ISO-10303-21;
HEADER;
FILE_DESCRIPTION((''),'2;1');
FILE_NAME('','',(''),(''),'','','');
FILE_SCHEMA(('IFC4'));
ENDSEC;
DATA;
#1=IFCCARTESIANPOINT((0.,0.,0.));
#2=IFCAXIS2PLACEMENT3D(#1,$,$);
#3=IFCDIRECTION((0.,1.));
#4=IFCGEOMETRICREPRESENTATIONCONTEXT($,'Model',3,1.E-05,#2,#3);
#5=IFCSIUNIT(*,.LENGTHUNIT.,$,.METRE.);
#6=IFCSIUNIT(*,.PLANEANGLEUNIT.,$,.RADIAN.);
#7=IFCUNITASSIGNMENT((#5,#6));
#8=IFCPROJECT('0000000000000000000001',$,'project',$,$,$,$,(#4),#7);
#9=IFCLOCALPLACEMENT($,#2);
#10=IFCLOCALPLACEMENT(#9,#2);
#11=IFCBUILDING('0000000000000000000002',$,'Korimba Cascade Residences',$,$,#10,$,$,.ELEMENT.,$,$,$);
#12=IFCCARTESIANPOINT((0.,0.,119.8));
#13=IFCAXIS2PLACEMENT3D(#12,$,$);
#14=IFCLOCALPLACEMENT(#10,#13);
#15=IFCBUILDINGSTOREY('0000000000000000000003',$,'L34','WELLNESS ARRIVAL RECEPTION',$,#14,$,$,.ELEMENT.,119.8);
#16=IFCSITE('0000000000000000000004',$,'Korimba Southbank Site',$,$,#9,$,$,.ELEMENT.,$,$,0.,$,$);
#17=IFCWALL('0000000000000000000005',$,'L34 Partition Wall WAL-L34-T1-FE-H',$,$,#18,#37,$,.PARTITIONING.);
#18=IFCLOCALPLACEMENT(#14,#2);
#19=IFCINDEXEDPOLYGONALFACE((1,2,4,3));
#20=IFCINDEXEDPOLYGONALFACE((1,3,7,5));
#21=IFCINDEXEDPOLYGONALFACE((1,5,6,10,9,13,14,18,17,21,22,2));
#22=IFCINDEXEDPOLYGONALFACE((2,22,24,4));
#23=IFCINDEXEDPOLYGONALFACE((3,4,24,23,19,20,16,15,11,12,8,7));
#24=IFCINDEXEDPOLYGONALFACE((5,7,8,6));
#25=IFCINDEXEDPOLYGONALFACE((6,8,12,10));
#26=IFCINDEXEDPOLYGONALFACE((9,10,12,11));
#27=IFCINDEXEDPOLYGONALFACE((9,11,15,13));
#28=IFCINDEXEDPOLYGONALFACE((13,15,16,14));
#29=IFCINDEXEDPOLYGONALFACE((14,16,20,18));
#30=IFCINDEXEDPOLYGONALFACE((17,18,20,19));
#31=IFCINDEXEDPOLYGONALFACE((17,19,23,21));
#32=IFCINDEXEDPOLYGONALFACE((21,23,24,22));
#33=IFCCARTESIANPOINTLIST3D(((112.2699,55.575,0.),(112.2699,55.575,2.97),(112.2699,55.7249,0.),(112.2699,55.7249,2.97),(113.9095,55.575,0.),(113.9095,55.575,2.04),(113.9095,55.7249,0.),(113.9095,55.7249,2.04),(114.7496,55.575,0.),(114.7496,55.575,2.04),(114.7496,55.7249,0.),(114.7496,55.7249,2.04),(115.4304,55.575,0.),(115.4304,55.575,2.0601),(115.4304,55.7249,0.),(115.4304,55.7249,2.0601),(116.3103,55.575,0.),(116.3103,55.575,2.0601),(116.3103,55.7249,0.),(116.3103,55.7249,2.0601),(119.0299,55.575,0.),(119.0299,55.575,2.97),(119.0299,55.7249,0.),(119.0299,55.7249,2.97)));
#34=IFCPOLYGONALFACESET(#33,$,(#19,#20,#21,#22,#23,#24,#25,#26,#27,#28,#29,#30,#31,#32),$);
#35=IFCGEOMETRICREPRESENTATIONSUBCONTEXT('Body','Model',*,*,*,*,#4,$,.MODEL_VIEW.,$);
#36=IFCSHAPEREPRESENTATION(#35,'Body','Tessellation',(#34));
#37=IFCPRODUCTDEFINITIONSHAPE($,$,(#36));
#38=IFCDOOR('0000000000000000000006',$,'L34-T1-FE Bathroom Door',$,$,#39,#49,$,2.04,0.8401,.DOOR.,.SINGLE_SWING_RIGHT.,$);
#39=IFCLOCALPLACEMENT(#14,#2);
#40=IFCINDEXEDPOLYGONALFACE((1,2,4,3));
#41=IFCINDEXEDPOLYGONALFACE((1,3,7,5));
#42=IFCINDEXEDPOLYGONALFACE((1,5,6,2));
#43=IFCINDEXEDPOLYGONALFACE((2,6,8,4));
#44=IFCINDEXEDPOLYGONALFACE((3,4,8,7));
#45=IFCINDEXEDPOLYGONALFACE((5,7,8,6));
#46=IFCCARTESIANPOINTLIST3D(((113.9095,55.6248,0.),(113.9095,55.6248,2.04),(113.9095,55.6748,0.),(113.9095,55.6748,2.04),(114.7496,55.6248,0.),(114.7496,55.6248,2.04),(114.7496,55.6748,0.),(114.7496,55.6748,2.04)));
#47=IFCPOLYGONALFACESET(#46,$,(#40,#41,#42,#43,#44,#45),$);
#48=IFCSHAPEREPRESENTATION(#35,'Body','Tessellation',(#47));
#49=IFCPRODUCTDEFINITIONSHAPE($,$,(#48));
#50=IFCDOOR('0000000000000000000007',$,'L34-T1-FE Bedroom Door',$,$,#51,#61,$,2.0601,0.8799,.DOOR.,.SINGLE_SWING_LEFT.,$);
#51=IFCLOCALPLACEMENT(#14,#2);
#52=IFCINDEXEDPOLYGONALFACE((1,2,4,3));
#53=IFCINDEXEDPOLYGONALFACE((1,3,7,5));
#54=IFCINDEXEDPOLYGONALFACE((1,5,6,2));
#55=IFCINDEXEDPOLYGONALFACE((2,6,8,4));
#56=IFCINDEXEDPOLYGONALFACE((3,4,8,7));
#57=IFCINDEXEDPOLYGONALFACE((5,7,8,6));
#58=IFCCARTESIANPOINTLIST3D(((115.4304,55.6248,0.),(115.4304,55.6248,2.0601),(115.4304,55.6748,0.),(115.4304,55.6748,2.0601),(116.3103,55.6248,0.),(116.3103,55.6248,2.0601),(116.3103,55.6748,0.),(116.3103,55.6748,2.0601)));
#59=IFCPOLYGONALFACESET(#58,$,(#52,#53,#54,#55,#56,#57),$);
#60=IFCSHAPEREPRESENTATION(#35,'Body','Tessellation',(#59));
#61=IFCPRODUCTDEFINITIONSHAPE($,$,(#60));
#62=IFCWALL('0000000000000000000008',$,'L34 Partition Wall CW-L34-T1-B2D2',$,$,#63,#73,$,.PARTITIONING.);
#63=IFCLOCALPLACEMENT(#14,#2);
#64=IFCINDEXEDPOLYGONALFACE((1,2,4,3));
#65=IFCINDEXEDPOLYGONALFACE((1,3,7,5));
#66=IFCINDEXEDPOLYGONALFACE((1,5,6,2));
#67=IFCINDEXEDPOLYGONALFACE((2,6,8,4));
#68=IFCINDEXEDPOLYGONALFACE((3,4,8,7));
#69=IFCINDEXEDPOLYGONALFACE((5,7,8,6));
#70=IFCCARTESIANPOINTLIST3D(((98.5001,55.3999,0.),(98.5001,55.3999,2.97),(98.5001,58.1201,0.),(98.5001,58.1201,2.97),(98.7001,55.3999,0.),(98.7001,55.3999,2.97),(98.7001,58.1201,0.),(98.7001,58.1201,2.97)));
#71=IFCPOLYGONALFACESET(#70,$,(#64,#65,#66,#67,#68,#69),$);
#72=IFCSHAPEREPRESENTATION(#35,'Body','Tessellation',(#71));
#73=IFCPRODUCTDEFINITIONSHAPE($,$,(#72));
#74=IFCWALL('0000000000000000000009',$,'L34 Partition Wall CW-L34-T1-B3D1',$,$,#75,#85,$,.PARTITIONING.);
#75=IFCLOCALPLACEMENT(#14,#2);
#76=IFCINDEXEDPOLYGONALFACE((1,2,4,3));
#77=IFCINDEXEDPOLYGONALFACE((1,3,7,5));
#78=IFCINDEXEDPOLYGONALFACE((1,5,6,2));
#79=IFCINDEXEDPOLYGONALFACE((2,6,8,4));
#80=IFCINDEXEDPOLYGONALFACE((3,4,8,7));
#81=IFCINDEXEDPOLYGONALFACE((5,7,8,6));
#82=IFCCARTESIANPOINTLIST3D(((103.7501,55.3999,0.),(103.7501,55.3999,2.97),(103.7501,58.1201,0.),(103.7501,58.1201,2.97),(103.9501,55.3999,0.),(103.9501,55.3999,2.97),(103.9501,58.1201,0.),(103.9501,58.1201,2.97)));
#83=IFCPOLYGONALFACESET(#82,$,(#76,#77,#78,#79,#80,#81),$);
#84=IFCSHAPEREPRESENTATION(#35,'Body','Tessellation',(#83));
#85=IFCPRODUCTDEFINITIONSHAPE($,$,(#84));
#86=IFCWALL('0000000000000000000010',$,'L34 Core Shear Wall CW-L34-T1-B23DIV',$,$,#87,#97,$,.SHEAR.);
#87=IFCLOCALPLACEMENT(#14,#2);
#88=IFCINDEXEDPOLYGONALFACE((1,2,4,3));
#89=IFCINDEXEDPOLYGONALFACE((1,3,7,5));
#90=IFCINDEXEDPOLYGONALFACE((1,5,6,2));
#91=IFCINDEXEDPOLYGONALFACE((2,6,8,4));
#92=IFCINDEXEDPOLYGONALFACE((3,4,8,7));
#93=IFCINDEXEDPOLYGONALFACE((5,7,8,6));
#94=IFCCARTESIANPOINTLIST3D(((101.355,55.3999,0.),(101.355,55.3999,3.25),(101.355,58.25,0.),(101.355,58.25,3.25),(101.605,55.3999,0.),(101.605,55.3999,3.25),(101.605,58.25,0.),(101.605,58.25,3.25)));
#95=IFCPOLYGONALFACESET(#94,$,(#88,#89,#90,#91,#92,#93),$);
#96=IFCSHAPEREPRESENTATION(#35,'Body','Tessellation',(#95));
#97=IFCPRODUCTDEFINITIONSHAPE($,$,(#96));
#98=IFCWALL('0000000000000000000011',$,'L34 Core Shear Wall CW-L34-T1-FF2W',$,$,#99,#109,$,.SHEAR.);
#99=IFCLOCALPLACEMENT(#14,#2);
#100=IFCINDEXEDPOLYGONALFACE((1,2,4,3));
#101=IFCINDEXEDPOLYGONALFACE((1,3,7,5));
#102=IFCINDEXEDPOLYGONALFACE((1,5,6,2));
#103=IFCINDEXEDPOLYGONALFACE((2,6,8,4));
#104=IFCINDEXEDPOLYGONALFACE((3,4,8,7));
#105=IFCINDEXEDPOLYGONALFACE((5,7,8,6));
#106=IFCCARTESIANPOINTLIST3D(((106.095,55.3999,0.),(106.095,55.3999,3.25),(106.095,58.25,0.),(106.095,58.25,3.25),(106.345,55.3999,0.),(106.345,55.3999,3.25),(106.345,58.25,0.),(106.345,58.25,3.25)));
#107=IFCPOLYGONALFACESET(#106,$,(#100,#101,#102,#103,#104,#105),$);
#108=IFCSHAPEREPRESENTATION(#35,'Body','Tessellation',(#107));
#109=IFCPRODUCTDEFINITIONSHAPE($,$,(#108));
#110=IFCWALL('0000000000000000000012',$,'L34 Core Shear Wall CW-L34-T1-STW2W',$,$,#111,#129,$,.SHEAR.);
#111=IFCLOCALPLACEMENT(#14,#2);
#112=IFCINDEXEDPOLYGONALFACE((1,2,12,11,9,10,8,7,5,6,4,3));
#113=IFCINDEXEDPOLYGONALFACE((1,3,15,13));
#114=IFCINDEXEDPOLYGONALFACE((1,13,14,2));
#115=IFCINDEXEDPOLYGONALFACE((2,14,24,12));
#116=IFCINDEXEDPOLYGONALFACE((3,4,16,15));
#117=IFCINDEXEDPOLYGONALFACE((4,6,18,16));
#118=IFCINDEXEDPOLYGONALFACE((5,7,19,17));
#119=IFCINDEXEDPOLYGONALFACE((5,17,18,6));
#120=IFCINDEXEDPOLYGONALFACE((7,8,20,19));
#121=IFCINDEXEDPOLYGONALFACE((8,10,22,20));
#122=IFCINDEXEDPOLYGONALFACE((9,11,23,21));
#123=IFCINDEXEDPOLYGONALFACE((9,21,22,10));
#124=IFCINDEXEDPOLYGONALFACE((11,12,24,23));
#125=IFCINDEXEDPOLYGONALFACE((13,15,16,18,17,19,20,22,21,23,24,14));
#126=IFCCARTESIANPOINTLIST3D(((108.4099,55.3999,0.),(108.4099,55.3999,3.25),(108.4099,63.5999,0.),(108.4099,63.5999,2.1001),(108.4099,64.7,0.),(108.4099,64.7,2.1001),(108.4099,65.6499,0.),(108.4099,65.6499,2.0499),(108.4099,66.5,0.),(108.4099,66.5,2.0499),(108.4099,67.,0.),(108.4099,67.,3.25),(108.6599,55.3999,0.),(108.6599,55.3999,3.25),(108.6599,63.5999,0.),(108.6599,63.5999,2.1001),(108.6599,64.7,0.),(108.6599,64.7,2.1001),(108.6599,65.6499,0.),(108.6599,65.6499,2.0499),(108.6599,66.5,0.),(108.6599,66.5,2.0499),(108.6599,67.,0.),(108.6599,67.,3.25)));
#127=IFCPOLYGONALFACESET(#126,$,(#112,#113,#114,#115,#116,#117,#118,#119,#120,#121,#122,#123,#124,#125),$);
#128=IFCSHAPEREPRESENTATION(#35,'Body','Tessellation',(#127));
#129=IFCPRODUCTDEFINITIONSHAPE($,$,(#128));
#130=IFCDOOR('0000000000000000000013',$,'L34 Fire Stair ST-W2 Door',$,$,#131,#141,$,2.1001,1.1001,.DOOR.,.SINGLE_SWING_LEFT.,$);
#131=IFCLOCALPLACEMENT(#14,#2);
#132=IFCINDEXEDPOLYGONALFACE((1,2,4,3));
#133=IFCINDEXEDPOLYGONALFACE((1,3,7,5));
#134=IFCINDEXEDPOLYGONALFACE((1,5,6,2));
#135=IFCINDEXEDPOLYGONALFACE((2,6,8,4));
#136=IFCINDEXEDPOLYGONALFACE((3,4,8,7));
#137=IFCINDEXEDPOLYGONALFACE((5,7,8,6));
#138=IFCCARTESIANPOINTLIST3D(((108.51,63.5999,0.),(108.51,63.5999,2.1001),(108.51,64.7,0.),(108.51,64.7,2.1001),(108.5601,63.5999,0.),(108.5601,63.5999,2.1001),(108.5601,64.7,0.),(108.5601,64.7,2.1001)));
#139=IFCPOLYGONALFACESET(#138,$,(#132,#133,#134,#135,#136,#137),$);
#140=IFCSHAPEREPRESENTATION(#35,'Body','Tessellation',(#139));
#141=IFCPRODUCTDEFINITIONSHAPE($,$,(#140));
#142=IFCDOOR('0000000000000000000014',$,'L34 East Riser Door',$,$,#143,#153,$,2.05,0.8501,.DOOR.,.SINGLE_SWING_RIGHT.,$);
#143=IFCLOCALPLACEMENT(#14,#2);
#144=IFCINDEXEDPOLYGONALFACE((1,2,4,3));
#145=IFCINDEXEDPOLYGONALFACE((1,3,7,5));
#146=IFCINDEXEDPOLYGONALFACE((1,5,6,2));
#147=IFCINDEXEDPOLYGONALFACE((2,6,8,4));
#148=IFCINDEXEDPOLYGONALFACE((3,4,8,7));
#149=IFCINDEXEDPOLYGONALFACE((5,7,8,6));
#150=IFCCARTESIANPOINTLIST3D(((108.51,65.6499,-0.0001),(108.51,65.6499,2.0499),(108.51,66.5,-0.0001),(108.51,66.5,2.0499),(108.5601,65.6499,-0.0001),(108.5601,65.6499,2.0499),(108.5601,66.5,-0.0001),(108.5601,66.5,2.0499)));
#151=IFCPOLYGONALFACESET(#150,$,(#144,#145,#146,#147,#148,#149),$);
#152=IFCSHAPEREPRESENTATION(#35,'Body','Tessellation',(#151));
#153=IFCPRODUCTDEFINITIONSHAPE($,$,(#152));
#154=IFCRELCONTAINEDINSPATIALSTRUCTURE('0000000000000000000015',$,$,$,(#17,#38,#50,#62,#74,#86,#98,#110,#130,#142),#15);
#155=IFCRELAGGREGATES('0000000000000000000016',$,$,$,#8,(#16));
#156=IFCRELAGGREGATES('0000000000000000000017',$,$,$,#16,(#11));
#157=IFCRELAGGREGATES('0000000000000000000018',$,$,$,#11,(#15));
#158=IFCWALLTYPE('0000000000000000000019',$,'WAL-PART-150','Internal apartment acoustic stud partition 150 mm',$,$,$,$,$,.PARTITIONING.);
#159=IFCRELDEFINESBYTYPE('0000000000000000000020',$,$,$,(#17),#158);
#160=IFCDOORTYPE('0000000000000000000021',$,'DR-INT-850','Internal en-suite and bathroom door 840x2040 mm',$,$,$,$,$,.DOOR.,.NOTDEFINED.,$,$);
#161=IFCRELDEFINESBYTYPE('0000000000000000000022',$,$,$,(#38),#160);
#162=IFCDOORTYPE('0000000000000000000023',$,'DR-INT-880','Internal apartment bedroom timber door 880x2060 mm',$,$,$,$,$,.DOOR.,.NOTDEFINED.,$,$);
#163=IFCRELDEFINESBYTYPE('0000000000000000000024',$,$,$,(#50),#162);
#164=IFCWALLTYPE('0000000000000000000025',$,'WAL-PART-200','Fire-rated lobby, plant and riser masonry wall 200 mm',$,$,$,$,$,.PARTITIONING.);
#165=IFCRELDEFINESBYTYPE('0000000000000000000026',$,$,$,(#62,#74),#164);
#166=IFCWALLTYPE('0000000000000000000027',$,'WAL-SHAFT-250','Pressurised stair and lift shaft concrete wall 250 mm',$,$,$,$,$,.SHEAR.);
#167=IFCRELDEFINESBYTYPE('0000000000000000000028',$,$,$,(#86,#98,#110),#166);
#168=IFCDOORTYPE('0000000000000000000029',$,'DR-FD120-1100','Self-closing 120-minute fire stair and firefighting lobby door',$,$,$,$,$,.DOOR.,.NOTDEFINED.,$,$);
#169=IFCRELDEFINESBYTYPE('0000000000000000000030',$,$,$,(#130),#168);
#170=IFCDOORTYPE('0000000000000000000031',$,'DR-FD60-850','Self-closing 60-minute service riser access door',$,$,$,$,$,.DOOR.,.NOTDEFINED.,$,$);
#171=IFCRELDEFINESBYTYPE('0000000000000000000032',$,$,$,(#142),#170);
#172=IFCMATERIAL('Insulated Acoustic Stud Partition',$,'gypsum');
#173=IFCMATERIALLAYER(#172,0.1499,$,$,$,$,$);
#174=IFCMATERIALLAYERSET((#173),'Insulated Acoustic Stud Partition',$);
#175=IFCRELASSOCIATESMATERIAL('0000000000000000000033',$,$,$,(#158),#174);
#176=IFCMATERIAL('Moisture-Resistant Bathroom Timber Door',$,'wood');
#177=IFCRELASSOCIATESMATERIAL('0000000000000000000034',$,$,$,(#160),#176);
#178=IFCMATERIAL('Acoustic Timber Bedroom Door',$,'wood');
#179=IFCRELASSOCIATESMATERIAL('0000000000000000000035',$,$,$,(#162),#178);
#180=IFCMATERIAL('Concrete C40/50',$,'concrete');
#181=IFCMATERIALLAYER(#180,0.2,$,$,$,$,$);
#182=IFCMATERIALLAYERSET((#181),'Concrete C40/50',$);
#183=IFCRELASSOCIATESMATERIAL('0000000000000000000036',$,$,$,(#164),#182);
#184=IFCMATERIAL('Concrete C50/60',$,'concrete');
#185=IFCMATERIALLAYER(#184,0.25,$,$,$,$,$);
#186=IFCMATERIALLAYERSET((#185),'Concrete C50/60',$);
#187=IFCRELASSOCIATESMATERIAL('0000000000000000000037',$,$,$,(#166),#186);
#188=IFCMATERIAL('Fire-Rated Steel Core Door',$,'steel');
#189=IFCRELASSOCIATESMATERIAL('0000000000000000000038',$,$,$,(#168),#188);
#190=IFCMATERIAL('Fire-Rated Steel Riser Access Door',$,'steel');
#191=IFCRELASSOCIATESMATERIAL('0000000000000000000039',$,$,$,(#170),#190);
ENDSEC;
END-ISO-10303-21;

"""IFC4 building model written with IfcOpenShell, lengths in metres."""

from ifc_helpers import new_model, si_unit, direction, frame, frame_2d, origin, place, context, subcontext, project, spatial, rectangle, extrude, material, layer, layer_set, type_object, element, fill, save


model = new_model("IFC4")

# Units and contexts
model_context = context("Model", 3, precision=1e-05, world=origin(), true_north=direction((0.0, 1.0)))
body_context = subcontext(model_context, "Body", "Model", "MODEL_VIEW")
ifc_project = project(units=[si_unit("LENGTHUNIT", "METRE"), si_unit("PLANEANGLEUNIT", "RADIAN")], contexts=[model_context])

# Site, building, storey
site_placement = place(None, origin())
site = spatial("IfcSite", under=ifc_project, at=site_placement, Name="Korimba Southbank Site", CompositionType="ELEMENT", RefElevation=0.0)
building_placement = place(site_placement, origin())
building = spatial("IfcBuilding", under=site, at=building_placement, Name="Korimba Cascade Residences", CompositionType="ELEMENT")
storey_placement = place(building_placement, frame((0.0, 0.0, 119.8)))
storey = spatial("IfcBuildingStorey", under=building, at=storey_placement, Name="L34", Description="WELLNESS ARRIVAL RECEPTION", CompositionType="ELEMENT", Elevation=119.8)

# Shared definitions
ifc_material_1 = material(Name="Insulated Acoustic Stud Partition", Category="gypsum")
ifc_layer_1 = layer(ifc_material_1, 0.1499)
ifc_layer_set_1 = layer_set([ifc_layer_1], Name="Insulated Acoustic Stud Partition")
wall_type_1 = type_object("IfcWallType", Name="WAL-PART-150", Description="Internal apartment acoustic stud partition 150 mm", PredefinedType="PARTITIONING", material=ifc_layer_set_1)

# Wall, openings, doors
wall_1_placement = place(storey_placement, frame((112.27, 55.6499, 0.0), z_axis=(0.0, 0.0, 1.0), x_axis=(1.0, 0.0, 0.0)))
wall_1 = element("IfcWall", 1, at=wall_1_placement, inside=storey, type_object=wall_type_1, Name="L34 Partition Wall WAL-L34-T1-FE-H", PredefinedType="PARTITIONING", context=body_context, shape_type="SweptSolid", body=[
    extrude(rectangle(XDim=6.76, YDim=0.1499, at=frame_2d((3.3799, 0.0))), origin(), (0.0, 0.0, 1.0), 2.97),
])
opening_1_placement = place(wall_1_placement, frame((1.6396, 0.0, 0.0)))
opening_1 = element("IfcOpeningElement", 2, at=opening_1_placement, cuts=wall_1, PredefinedType="OPENING", context=body_context, shape_type="SweptSolid", body=[
    extrude(rectangle(XDim=0.8401, YDim=2.04, at=frame_2d((0.4199, 1.02))), frame((0.0, 0.085, 0.0), z_axis=(0.0, -1.0, 0.0), x_axis=(1.0, 0.0, 0.0)), (0.0, 0.0, 1.0), 0.1699),
])
opening_2_placement = place(wall_1_placement, frame((3.1604, 0.0, 0.0)))
opening_2 = element("IfcOpeningElement", 3, at=opening_2_placement, cuts=wall_1, PredefinedType="OPENING", context=body_context, shape_type="SweptSolid", body=[
    extrude(rectangle(XDim=0.8799, YDim=2.0601, at=frame_2d((0.4399, 1.03))), frame((0.0, 0.085, 0.0), z_axis=(0.0, -1.0, 0.0), x_axis=(1.0, 0.0, 0.0)), (0.0, 0.0, 1.0), 0.1699),
])
ifc_material_2 = material(Name="Moisture-Resistant Bathroom Timber Door", Category="wood")
door_type_1 = type_object("IfcDoorType", Name="DR-INT-850", Description="Internal en-suite and bathroom door 840x2040 mm", OperationType="NOTDEFINED", PredefinedType="DOOR", material=ifc_material_2)
door_1_placement = place(opening_1_placement, origin())
door_1 = element("IfcDoor", 4, at=door_1_placement, inside=storey, type_object=door_type_1, Name="L34-T1-FE Bathroom Door", OperationType="SINGLE_SWING_RIGHT", OverallHeight=2.04, OverallWidth=0.8401, PredefinedType="DOOR", context=body_context, shape_type="SweptSolid", body=[
    extrude(rectangle(XDim=0.8401, YDim=2.04, at=frame_2d((0.4199, 1.02))), frame((0.0, 0.0249, 0.0), z_axis=(0.0, -1.0, 0.0), x_axis=(1.0, 0.0, 0.0)), (0.0, 0.0, 1.0), 0.05),
])
fill(opening_1, door_1)
ifc_material_3 = material(Name="Acoustic Timber Bedroom Door", Category="wood")
door_type_2 = type_object("IfcDoorType", Name="DR-INT-880", Description="Internal apartment bedroom timber door 880x2060 mm", OperationType="NOTDEFINED", PredefinedType="DOOR", material=ifc_material_3)
door_2_placement = place(opening_2_placement, origin())
door_2 = element("IfcDoor", 5, at=door_2_placement, inside=storey, type_object=door_type_2, Name="L34-T1-FE Bedroom Door", OperationType="SINGLE_SWING_LEFT", OverallHeight=2.0601, OverallWidth=0.8799, PredefinedType="DOOR", context=body_context, shape_type="SweptSolid", body=[
    extrude(rectangle(XDim=0.8799, YDim=2.0601, at=frame_2d((0.4399, 1.03))), frame((0.0, 0.0249, 0.0), z_axis=(0.0, -1.0, 0.0), x_axis=(1.0, 0.0, 0.0)), (0.0, 0.0, 1.0), 0.05),
])
fill(opening_2, door_2)

# Walls
ifc_material_4 = material(Name="Concrete C40/50", Category="concrete")
ifc_layer_2 = layer(ifc_material_4, 0.2)
ifc_layer_set_2 = layer_set([ifc_layer_2], Name="Concrete C40/50")
wall_type_2 = type_object("IfcWallType", Name="WAL-PART-200", Description="Fire-rated lobby, plant and riser masonry wall 200 mm", PredefinedType="PARTITIONING", material=ifc_layer_set_2)
for number, where, z_axis, x_axis, name in (
    (6, (98.6001, 55.3999, 0.0), (0.0, 0.0, 1.0), (0.0, 1.0, 0.0), "L34 Partition Wall CW-L34-T1-B2D2"),
    (7, (103.8501, 55.3999, 0.0), (0.0, 0.0, 1.0), (0.0, 1.0, 0.0), "L34 Partition Wall CW-L34-T1-B3D1"),
):
    element("IfcWall", number, at=place(storey_placement, frame(where, z_axis=z_axis, x_axis=x_axis)), inside=storey, type_object=wall_type_2, Name=name, PredefinedType="PARTITIONING", context=body_context, shape_type="SweptSolid", body=[
        extrude(rectangle(XDim=2.7202, YDim=0.2, at=frame_2d((1.3601, 0.0))), origin(), (0.0, 0.0, 1.0), 2.97),
    ])
ifc_material_5 = material(Name="Concrete C50/60", Category="concrete")
ifc_layer_3 = layer(ifc_material_5, 0.25)
ifc_layer_set_3 = layer_set([ifc_layer_3], Name="Concrete C50/60")
wall_type_3 = type_object("IfcWallType", Name="WAL-SHAFT-250", Description="Pressurised stair and lift shaft concrete wall 250 mm", PredefinedType="SHEAR", material=ifc_layer_set_3)
for number, where, z_axis, x_axis, name in (
    (8, (101.48, 55.3999, 0.0), (0.0, 0.0, 1.0), (0.0, 1.0, 0.0), "L34 Core Shear Wall CW-L34-T1-B23DIV"),
    (9, (106.22, 55.3999, 0.0), (0.0, 0.0, 1.0), (0.0, 1.0, 0.0), "L34 Core Shear Wall CW-L34-T1-FF2W"),
):
    element("IfcWall", number, at=place(storey_placement, frame(where, z_axis=z_axis, x_axis=x_axis)), inside=storey, type_object=wall_type_3, Name=name, PredefinedType="SHEAR", context=body_context, shape_type="SweptSolid", body=[
        extrude(rectangle(XDim=2.8501, YDim=0.25, at=frame_2d((1.425, 0.0))), origin(), (0.0, 0.0, 1.0), 3.25),
    ])

# Wall, openings, doors
wall_2_placement = place(storey_placement, frame((108.5349, 55.3999, 0.0), z_axis=(0.0, 0.0, 1.0), x_axis=(0.0, 1.0, 0.0)))
wall_2 = element("IfcWall", 10, at=wall_2_placement, inside=storey, type_object=wall_type_3, Name="L34 Core Shear Wall CW-L34-T1-STW2W", PredefinedType="SHEAR", context=body_context, shape_type="SweptSolid", body=[
    extrude(rectangle(XDim=11.6001, YDim=0.25, at=frame_2d((5.8, 0.0))), origin(), (0.0, 0.0, 1.0), 3.25),
])
opening_3_placement = place(wall_2_placement, frame((8.2, 0.0, 0.0)))
opening_3 = element("IfcOpeningElement", 11, at=opening_3_placement, cuts=wall_2, PredefinedType="OPENING", context=body_context, shape_type="SweptSolid", body=[
    extrude(rectangle(XDim=1.1001, YDim=2.1001, at=frame_2d((0.55, 1.05))), frame((0.0, 0.135, 0.0), z_axis=(0.0, -1.0, 0.0), x_axis=(1.0, 0.0, 0.0)), (0.0, 0.0, 1.0), 0.27),
])
opening_4_placement = place(wall_2_placement, frame((10.25, 0.0, 0.0)))
opening_4 = element("IfcOpeningElement", 12, at=opening_4_placement, cuts=wall_2, PredefinedType="OPENING", context=body_context, shape_type="SweptSolid", body=[
    extrude(rectangle(XDim=0.8501, YDim=2.05, at=frame_2d((0.425, 1.0249))), frame((0.0, 0.135, 0.0), z_axis=(0.0, -1.0, 0.0), x_axis=(1.0, 0.0, 0.0)), (0.0, 0.0, 1.0), 0.27),
])
ifc_material_6 = material(Name="Fire-Rated Steel Core Door", Category="steel")
door_type_3 = type_object("IfcDoorType", Name="DR-FD120-1100", Description="Self-closing 120-minute fire stair and firefighting lobby door", OperationType="NOTDEFINED", PredefinedType="DOOR", material=ifc_material_6)
door_3_placement = place(opening_3_placement, origin())
door_3 = element("IfcDoor", 13, at=door_3_placement, inside=storey, type_object=door_type_3, Name="L34 Fire Stair ST-W2 Door", OperationType="SINGLE_SWING_LEFT", OverallHeight=2.1001, OverallWidth=1.1001, PredefinedType="DOOR", context=body_context, shape_type="SweptSolid", body=[
    extrude(rectangle(XDim=1.1001, YDim=2.1001, at=frame_2d((0.55, 1.05))), frame((0.0, 0.0249, 0.0), z_axis=(0.0, -1.0, 0.0), x_axis=(1.0, 0.0, 0.0)), (0.0, 0.0, 1.0), 0.05),
])
fill(opening_3, door_3)
ifc_material_7 = material(Name="Fire-Rated Steel Riser Access Door", Category="steel")
door_type_4 = type_object("IfcDoorType", Name="DR-FD60-850", Description="Self-closing 60-minute service riser access door", OperationType="NOTDEFINED", PredefinedType="DOOR", material=ifc_material_7)
door_4_placement = place(opening_4_placement, origin())
door_4 = element("IfcDoor", 14, at=door_4_placement, inside=storey, type_object=door_type_4, Name="L34 East Riser Door", OperationType="SINGLE_SWING_RIGHT", OverallHeight=2.05, OverallWidth=0.8501, PredefinedType="DOOR", context=body_context, shape_type="SweptSolid", body=[
    extrude(rectangle(XDim=0.8501, YDim=2.05, at=frame_2d((0.425, 1.0249))), frame((0.0, 0.0249, 0.0), z_axis=(0.0, -1.0, 0.0), x_axis=(1.0, 0.0, 0.0)), (0.0, 0.0, 1.0), 0.05),
])
fill(opening_4, door_4)

save(model, "model.ifc")
